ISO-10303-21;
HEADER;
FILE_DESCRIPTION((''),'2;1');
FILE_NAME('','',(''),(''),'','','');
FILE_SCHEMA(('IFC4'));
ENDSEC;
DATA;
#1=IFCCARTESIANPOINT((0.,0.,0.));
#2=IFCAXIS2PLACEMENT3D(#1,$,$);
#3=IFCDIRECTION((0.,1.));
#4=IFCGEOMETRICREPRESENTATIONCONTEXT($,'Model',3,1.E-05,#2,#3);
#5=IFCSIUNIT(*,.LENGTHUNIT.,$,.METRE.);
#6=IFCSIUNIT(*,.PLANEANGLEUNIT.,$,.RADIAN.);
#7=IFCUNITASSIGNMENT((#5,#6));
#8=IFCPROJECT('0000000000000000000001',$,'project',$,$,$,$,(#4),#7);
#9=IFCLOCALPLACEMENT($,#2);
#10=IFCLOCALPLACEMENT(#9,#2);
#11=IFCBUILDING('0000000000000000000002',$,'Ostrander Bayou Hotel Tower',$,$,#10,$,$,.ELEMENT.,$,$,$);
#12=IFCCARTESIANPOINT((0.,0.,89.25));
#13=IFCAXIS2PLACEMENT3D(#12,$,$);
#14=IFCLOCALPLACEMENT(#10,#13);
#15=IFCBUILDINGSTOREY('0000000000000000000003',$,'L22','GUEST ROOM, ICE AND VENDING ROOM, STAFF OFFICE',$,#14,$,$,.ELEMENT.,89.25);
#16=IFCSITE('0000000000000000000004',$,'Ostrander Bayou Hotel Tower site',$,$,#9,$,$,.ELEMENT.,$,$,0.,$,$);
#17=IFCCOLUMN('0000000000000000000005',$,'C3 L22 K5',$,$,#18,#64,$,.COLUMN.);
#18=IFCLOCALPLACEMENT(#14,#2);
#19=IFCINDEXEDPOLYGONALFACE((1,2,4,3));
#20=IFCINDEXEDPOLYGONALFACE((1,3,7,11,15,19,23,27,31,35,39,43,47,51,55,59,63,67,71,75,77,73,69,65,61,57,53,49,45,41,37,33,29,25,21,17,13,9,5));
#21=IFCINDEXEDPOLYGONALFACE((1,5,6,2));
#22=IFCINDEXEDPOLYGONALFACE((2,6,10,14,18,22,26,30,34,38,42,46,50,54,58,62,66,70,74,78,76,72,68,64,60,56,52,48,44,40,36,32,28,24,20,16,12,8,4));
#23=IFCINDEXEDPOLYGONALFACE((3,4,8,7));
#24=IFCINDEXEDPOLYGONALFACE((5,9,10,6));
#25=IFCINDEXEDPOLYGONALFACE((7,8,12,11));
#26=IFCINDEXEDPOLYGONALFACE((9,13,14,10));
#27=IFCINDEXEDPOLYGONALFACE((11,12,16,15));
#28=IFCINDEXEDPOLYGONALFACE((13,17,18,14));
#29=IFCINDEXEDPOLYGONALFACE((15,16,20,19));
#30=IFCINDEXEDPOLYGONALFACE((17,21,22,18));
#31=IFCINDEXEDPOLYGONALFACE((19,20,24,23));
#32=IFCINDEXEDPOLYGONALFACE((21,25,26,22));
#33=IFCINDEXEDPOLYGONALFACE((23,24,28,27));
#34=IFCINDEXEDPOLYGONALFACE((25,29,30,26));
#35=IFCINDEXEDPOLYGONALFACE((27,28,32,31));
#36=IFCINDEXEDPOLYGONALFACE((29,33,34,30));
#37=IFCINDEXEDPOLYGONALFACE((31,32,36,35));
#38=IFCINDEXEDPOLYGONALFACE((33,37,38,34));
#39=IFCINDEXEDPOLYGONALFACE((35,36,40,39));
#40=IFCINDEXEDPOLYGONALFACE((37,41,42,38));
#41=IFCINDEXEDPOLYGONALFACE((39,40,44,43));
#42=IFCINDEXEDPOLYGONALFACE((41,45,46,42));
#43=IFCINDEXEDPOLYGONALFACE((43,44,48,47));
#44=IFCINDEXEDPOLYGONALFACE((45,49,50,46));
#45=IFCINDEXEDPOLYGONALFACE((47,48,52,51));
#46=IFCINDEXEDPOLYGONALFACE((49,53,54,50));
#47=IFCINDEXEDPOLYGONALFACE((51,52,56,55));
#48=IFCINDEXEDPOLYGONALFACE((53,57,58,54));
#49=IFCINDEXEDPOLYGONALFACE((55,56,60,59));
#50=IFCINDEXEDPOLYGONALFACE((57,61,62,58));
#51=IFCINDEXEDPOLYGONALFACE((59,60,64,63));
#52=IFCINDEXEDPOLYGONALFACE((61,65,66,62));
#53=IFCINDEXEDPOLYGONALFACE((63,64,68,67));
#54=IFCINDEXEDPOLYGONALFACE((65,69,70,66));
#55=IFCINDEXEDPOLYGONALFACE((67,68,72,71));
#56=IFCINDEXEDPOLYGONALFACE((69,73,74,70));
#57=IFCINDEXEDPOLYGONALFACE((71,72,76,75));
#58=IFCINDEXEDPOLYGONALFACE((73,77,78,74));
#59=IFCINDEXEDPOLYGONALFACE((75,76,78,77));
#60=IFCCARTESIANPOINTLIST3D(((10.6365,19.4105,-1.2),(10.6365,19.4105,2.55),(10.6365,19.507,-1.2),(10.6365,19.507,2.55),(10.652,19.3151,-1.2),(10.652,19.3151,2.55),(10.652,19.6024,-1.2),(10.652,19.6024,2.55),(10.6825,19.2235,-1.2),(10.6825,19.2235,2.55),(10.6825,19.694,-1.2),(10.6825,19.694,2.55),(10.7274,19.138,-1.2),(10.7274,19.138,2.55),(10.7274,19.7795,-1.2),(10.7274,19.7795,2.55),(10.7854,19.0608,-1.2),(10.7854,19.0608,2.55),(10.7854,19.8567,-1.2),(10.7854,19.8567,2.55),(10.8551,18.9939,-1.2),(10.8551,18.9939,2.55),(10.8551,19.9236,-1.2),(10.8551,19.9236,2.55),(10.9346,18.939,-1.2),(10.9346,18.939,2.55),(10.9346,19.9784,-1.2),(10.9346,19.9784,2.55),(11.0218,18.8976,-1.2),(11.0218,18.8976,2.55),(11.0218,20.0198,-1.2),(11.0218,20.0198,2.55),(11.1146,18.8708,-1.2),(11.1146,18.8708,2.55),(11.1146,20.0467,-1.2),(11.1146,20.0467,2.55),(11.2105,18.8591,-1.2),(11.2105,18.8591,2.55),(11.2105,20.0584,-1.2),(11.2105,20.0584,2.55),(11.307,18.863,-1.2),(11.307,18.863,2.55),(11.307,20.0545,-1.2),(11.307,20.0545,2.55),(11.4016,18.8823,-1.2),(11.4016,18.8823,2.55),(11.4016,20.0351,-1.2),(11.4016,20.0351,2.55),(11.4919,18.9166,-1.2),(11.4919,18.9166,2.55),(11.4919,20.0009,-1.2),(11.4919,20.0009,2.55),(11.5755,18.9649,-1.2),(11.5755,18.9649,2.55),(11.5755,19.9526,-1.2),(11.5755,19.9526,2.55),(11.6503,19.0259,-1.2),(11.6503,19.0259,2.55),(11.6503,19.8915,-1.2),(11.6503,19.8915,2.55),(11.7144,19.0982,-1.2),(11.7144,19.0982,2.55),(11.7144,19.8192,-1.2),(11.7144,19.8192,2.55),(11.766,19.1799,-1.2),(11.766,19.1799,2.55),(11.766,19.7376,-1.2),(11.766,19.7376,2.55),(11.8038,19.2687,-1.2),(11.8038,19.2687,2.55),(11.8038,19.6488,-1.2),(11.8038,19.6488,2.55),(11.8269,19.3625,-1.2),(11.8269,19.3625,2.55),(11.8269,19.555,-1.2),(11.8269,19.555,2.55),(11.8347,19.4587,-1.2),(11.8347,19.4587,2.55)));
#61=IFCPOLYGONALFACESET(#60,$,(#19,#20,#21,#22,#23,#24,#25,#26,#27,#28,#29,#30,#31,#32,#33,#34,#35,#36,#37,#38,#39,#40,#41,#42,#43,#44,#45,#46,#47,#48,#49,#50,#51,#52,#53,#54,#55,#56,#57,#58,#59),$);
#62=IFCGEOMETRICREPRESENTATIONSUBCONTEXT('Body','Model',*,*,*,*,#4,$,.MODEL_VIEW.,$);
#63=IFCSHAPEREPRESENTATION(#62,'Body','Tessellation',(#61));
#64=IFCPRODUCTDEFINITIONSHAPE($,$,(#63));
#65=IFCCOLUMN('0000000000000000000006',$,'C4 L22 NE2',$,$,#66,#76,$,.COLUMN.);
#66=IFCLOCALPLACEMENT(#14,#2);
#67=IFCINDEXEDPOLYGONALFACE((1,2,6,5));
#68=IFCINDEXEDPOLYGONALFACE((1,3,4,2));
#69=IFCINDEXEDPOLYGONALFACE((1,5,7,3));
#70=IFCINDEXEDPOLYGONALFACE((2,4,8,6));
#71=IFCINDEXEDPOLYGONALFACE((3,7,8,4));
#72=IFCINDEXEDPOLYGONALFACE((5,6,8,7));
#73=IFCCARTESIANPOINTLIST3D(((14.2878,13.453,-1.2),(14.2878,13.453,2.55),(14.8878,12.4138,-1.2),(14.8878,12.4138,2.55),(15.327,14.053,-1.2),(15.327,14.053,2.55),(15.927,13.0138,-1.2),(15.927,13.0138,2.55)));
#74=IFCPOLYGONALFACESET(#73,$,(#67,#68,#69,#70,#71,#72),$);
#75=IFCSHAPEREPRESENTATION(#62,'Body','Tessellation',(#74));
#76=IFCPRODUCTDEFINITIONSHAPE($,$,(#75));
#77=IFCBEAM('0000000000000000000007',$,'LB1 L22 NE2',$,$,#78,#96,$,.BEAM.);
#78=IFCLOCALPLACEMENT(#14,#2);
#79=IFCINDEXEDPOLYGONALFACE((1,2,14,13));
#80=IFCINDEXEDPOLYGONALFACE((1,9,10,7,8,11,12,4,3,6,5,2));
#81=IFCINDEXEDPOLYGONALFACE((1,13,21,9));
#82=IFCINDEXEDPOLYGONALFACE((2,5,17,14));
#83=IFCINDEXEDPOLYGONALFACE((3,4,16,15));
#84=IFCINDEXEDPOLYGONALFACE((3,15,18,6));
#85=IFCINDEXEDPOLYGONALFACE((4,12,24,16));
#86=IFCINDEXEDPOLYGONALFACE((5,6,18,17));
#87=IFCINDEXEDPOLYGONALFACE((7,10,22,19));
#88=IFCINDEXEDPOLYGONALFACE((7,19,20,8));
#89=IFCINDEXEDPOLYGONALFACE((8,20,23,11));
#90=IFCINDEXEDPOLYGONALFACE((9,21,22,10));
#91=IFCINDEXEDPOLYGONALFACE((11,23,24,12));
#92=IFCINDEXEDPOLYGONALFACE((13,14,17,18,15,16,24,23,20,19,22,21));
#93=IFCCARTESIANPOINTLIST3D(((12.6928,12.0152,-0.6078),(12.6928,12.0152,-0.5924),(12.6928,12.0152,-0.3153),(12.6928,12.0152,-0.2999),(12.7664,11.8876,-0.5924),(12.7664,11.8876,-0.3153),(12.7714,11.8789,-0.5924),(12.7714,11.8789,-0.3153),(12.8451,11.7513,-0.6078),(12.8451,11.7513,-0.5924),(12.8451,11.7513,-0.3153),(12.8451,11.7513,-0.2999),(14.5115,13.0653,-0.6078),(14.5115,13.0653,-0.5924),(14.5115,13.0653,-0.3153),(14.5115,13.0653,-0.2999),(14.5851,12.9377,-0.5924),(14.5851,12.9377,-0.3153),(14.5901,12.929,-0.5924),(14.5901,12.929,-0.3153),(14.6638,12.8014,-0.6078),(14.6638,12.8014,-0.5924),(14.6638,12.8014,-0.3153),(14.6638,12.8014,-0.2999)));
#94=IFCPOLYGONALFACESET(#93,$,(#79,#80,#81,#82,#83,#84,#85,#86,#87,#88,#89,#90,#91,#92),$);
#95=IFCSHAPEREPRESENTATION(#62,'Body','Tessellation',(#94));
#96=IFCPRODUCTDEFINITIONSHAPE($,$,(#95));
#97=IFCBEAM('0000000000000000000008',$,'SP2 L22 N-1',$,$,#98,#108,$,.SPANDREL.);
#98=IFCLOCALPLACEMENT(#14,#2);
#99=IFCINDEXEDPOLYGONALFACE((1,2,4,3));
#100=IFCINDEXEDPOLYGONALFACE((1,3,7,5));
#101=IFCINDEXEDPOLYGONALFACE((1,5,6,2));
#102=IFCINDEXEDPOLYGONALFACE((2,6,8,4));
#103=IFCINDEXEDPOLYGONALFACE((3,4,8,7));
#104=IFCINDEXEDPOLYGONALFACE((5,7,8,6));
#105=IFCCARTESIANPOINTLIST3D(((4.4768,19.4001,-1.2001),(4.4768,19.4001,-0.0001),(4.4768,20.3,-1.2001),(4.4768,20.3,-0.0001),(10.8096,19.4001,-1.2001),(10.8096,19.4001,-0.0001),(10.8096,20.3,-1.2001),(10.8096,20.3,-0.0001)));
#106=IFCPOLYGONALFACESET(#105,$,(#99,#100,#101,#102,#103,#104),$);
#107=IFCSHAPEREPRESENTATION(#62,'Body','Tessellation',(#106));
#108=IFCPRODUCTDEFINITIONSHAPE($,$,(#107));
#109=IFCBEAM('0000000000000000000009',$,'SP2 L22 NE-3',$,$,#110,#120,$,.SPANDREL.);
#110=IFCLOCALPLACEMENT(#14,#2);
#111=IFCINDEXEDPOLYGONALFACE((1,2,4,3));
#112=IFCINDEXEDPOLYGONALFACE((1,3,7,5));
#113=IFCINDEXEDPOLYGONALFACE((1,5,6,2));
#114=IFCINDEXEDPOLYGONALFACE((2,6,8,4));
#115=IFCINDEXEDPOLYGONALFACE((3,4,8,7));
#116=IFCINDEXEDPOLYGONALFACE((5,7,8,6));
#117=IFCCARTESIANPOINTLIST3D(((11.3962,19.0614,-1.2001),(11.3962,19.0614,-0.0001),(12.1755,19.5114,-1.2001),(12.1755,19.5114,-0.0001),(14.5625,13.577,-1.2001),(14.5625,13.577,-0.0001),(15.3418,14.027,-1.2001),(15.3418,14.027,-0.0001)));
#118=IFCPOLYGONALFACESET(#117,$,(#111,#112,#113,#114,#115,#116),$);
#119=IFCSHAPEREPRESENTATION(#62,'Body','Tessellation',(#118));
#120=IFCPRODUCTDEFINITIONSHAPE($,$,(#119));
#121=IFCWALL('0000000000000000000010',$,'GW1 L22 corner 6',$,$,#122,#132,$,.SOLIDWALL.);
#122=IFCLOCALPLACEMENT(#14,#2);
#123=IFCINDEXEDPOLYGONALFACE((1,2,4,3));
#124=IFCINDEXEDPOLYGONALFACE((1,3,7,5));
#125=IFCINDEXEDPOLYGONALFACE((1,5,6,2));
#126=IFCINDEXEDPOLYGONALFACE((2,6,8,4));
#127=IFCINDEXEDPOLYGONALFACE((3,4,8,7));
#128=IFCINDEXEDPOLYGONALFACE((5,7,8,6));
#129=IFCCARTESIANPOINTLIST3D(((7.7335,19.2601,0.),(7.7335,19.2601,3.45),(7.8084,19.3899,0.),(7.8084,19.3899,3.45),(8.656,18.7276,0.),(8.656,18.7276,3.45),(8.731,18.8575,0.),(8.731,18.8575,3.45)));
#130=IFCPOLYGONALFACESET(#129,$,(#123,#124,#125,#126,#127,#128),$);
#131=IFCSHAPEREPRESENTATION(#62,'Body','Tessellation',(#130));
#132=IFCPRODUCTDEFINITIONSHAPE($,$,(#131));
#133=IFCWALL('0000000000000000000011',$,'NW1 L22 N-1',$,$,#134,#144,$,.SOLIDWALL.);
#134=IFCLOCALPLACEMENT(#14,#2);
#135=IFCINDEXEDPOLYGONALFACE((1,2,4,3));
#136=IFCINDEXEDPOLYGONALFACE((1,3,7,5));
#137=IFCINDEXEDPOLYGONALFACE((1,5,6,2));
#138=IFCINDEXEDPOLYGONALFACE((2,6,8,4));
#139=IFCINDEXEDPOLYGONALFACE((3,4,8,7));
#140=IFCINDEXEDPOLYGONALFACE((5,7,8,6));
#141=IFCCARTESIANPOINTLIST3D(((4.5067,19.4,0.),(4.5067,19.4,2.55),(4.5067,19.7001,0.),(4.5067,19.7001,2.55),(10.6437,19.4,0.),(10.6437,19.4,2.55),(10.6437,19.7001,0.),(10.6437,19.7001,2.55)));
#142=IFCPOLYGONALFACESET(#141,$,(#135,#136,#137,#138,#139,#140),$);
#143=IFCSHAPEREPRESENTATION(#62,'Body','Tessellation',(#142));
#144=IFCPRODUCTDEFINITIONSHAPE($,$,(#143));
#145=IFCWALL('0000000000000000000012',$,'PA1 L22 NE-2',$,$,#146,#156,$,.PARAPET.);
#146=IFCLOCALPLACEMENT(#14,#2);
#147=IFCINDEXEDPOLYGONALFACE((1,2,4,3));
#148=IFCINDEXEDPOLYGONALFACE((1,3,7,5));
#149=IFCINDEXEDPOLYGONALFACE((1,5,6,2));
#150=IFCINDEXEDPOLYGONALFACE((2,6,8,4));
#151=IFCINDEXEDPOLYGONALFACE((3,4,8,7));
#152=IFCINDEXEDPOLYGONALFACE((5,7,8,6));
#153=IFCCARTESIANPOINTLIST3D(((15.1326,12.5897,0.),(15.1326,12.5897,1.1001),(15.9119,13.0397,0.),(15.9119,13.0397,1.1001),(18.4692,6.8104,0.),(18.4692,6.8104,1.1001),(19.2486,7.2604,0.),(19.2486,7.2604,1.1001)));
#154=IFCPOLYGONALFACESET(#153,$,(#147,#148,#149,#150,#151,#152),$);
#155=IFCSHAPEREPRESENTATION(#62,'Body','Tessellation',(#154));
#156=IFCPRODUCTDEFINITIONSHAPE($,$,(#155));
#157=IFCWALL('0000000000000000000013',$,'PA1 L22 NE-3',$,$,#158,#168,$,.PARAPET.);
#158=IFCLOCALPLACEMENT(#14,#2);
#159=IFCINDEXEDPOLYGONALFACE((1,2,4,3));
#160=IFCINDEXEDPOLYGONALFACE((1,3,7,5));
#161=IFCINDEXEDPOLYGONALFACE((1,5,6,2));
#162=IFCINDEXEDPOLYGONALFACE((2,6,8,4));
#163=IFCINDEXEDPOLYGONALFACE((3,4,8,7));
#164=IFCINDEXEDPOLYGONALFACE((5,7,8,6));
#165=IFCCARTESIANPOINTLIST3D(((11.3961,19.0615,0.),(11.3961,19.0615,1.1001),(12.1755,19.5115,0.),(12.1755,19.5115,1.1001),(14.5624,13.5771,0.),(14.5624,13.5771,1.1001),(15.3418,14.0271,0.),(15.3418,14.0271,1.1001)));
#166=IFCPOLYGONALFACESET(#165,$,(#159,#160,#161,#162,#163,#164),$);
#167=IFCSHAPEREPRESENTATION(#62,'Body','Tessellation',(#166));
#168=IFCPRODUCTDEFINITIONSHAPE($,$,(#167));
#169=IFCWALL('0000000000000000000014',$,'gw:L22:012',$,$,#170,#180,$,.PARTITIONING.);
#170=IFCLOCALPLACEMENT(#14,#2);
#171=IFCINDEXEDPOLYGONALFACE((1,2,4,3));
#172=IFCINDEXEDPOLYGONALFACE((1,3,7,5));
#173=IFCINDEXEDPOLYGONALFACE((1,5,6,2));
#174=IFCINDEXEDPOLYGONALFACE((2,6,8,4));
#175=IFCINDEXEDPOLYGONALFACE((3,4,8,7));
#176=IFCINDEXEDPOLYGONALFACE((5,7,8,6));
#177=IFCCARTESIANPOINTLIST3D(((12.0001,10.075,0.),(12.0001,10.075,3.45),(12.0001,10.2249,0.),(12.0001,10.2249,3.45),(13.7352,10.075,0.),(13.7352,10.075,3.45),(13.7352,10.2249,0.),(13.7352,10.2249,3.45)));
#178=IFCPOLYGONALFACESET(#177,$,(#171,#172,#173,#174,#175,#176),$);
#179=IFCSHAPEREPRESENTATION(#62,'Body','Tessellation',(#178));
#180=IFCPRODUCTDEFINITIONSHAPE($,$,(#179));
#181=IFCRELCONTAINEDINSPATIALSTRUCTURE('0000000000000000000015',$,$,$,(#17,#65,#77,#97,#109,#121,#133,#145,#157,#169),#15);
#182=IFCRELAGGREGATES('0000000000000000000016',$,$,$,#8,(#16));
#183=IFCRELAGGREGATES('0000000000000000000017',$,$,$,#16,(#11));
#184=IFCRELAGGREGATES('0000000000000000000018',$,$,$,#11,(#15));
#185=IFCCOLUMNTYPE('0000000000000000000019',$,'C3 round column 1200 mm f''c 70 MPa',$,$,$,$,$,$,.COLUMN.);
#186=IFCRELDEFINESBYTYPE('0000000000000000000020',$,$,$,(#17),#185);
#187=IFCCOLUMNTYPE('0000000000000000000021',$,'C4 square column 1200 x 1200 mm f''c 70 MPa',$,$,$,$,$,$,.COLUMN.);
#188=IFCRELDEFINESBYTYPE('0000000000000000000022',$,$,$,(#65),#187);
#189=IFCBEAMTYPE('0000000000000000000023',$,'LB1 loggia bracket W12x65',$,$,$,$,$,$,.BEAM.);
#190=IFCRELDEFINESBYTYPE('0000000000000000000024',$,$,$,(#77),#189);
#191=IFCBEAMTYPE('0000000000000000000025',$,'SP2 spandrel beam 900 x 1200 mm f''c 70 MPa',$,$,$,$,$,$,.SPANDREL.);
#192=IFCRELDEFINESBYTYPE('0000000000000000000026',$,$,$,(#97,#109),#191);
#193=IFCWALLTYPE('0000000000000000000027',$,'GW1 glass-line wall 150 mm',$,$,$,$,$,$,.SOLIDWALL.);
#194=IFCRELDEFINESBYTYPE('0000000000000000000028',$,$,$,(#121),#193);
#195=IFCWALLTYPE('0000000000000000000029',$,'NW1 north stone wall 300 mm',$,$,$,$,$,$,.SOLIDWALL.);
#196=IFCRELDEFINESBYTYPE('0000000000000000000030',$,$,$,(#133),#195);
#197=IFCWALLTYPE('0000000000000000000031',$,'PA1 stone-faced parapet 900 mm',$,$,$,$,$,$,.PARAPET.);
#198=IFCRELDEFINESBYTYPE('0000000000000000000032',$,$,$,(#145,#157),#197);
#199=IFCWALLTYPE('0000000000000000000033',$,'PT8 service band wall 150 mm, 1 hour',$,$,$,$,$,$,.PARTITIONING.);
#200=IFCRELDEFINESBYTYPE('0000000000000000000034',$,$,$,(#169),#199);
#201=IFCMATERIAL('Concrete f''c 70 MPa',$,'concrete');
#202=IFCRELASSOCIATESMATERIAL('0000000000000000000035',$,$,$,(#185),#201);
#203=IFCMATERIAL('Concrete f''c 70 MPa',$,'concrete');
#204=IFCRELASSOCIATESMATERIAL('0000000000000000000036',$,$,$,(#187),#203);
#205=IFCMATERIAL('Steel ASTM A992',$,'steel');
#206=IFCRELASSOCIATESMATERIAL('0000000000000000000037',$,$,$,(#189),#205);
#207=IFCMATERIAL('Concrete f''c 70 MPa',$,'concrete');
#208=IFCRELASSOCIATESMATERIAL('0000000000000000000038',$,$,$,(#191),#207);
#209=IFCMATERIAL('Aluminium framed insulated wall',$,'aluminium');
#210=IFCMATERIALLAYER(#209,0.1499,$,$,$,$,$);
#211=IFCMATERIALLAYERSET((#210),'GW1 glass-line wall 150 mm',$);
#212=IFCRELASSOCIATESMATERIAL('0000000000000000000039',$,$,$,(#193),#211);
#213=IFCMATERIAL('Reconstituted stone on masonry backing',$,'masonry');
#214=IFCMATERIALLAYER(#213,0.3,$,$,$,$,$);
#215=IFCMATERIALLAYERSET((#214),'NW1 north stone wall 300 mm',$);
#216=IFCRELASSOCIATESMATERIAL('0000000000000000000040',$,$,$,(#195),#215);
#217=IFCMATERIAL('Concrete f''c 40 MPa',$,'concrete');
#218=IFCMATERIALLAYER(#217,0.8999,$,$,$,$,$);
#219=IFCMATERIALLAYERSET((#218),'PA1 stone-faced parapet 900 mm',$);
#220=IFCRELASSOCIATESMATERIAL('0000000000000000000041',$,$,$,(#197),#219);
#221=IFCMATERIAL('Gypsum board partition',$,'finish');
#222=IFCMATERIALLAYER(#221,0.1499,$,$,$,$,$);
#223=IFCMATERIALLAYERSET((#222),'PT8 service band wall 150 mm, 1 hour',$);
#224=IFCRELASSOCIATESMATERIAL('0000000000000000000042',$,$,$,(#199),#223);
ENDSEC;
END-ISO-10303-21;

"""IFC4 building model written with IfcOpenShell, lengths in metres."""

from ifc_helpers import new_model, si_unit, direction, frame, frame_2d, origin, origin_2d, place, context, subcontext, project, spatial, rectangle, circle, i_section, extrude, material, layer, layer_set, material_profile, profile_set, type_object, element, save


model = new_model("IFC4")

# Units and contexts
model_context = context("Model", 3, precision=1e-05, world=origin(), true_north=direction((0.0, 1.0)))
body_context = subcontext(model_context, "Body", "Model", "MODEL_VIEW")
ifc_project = project(units=[si_unit("LENGTHUNIT", "METRE"), si_unit("PLANEANGLEUNIT", "RADIAN")], contexts=[model_context])

# Site, building, storey
site_placement = place(None, origin())
site = spatial("IfcSite", under=ifc_project, at=site_placement, Name="Ostrander Bayou Hotel Tower site", CompositionType="ELEMENT", RefElevation=0.0)
building_placement = place(site_placement, origin())
building = spatial("IfcBuilding", under=site, at=building_placement, Name="Ostrander Bayou Hotel Tower", CompositionType="ELEMENT")
storey_placement = place(building_placement, frame((0.0, 0.0, 89.25)))
storey = spatial("IfcBuildingStorey", under=building, at=storey_placement, Name="L22", Description="GUEST ROOM, ICE AND VENDING ROOM, STAFF OFFICE", CompositionType="ELEMENT", Elevation=89.25)

# Columns
ifc_material_1 = material(Name="Concrete f'c 70 MPa", Category="concrete")
ifc_material_profile_1 = material_profile(ifc_material_1, circle(Radius=0.6001, at=origin_2d()))
ifc_profile_set_1 = profile_set([ifc_material_profile_1], Name="Concrete f'c 70 MPa")
column_type_1 = type_object("IfcColumnType", Name="C3 round column 1200 mm f'c 70 MPa", PredefinedType="COLUMN", material=ifc_profile_set_1)
column_1_placement = place(storey_placement, frame((11.2346, 19.4587, -1.2), z_axis=(0.0, 0.0, 1.0), x_axis=(1.0, 0.0, 0.0)))
element("IfcColumn", 1, at=column_1_placement, inside=storey, type_object=column_type_1, Name="C3 L22 K5", PredefinedType="COLUMN", context=body_context, shape_type="SweptSolid", body=[
    extrude(circle(Radius=0.6001, at=origin_2d()), origin(), (0.0, 0.0, 1.0), 3.75),
])
ifc_material_2 = material(Name="Concrete f'c 70 MPa", Category="concrete")
ifc_material_profile_2 = material_profile(ifc_material_2, rectangle(XDim=1.2, YDim=1.2, at=origin_2d()))
ifc_profile_set_2 = profile_set([ifc_material_profile_2], Name="Concrete f'c 70 MPa")
column_type_2 = type_object("IfcColumnType", Name="C4 square column 1200 x 1200 mm f'c 70 MPa", PredefinedType="COLUMN", material=ifc_profile_set_2)
column_2_placement = place(storey_placement, frame((15.1074, 13.2334, -1.2), z_axis=(0.0, 0.0, 1.0), x_axis=(0.5, -0.866025, 0.0)))
element("IfcColumn", 2, at=column_2_placement, inside=storey, type_object=column_type_2, Name="C4 L22 NE2", PredefinedType="COLUMN", context=body_context, shape_type="SweptSolid", body=[
    extrude(rectangle(XDim=1.2, YDim=1.2, at=origin_2d()), origin(), (0.0, 0.0, 1.0), 3.75),
])

# Beams
ifc_material_3 = material(Name="Steel ASTM A992", Category="steel")
ifc_material_profile_3 = material_profile(ifc_material_3, i_section(OverallWidth=0.3047, OverallDepth=0.3079, WebThickness=0.01, FlangeThickness=0.0154, at=origin_2d()))
ifc_profile_set_3 = profile_set([ifc_material_profile_3], Name="Steel ASTM A992")
beam_type_1 = type_object("IfcBeamType", Name="LB1 loggia bracket W12x65", PredefinedType="BEAM", material=ifc_profile_set_3)
beam_placement = place(storey_placement, frame((14.5876, 12.9333, -0.4539), z_axis=(-0.866009, -0.500028, 0.0), x_axis=(0.500028, -0.866009, 0.0)))
element("IfcBeam", 3, at=beam_placement, inside=storey, type_object=beam_type_1, Name="LB1 L22 NE2", PredefinedType="BEAM", context=body_context, shape_type="SweptSolid", body=[
    extrude(i_section(OverallWidth=0.3047, OverallDepth=0.3079, WebThickness=0.01, FlangeThickness=0.0154, at=origin_2d()), origin(), (0.0, 0.0, 1.0), 2.1001),
])
ifc_material_4 = material(Name="Concrete f'c 70 MPa", Category="concrete")
ifc_material_profile_4 = material_profile(ifc_material_4, rectangle(XDim=0.8999, YDim=1.2, at=origin_2d()))
ifc_profile_set_4 = profile_set([ifc_material_profile_4], Name="Concrete f'c 70 MPa")
beam_type_2 = type_object("IfcBeamType", Name="SP2 spandrel beam 900 x 1200 mm f'c 70 MPa", PredefinedType="SPANDREL", material=ifc_profile_set_4)
for number, where, z_axis, x_axis, name in (
    (4, (10.8096, 19.8501, -0.6001), (-1.0, 0.0, 0.0), (0.0, -1.0, 0.0), "SP2 L22 N-1"),
    (5, (14.9521, 13.802, -0.6001), (-0.499983, 0.866035, 0.0), (-0.866035, -0.499983, 0.0), "SP2 L22 NE-3"),
):
    element("IfcBeam", number, at=place(storey_placement, frame(where, z_axis=z_axis, x_axis=x_axis)), inside=storey, type_object=beam_type_2, Name=name, PredefinedType="SPANDREL", context=body_context, shape_type="SweptSolid", body=[
        extrude(rectangle(XDim=0.8999, YDim=1.2, at=origin_2d()), origin(), (0.0, 0.0, 1.0), 6.3328),
    ])

# Walls
ifc_material_5 = material(Name="Aluminium framed insulated wall", Category="aluminium")
ifc_layer_1 = layer(ifc_material_5, 0.1499)
ifc_layer_set_1 = layer_set([ifc_layer_1], Name="GW1 glass-line wall 150 mm")
wall_type_1 = type_object("IfcWallType", Name="GW1 glass-line wall 150 mm", PredefinedType="SOLIDWALL", material=ifc_layer_set_1)
wall_1_placement = place(storey_placement, frame((8.6936, 18.7925, 0.0), z_axis=(0.0, 0.0, 1.0), x_axis=(-0.866105, 0.499861, 0.0)))
element("IfcWall", 6, at=wall_1_placement, inside=storey, type_object=wall_type_1, Name="GW1 L22 corner 6", PredefinedType="SOLIDWALL", context=body_context, shape_type="SweptSolid", body=[
    extrude(rectangle(XDim=1.0652, YDim=0.1499, at=frame_2d((0.5327, 0.0))), origin(), (0.0, 0.0, 1.0), 3.45),
])
ifc_material_6 = material(Name="Reconstituted stone on masonry backing", Category="masonry")
ifc_layer_2 = layer(ifc_material_6, 0.3)
ifc_layer_set_2 = layer_set([ifc_layer_2], Name="NW1 north stone wall 300 mm")
wall_type_2 = type_object("IfcWallType", Name="NW1 north stone wall 300 mm", PredefinedType="SOLIDWALL", material=ifc_layer_set_2)
wall_2_placement = place(storey_placement, frame((10.6436, 19.55, 0.0), z_axis=(0.0, 0.0, 1.0), x_axis=(-1.0, 0.0, 0.0)))
element("IfcWall", 7, at=wall_2_placement, inside=storey, type_object=wall_type_2, Name="NW1 L22 N-1", PredefinedType="SOLIDWALL", context=body_context, shape_type="SweptSolid", body=[
    extrude(rectangle(XDim=6.137, YDim=0.3, at=frame_2d((3.0684, 0.0))), origin(), (0.0, 0.0, 1.0), 2.55),
])
ifc_material_7 = material(Name="Concrete f'c 40 MPa", Category="concrete")
ifc_layer_3 = layer(ifc_material_7, 0.8999)
ifc_layer_set_3 = layer_set([ifc_layer_3], Name="PA1 stone-faced parapet 900 mm")
wall_type_3 = type_object("IfcWallType", Name="PA1 stone-faced parapet 900 mm", PredefinedType="PARAPET", material=ifc_layer_set_3)
wall_3_placement = place(storey_placement, frame((18.8589, 7.0354, 0.0), z_axis=(0.0, 0.0, 1.0), x_axis=(-0.499999, 0.866026, 0.0)))
element("IfcWall", 8, at=wall_3_placement, inside=storey, type_object=wall_type_3, Name="PA1 L22 NE-2", PredefinedType="PARAPET", context=body_context, shape_type="SweptSolid", body=[
    extrude(rectangle(XDim=6.6733, YDim=0.8999, at=frame_2d((3.3367, 0.0))), origin(), (0.0, 0.0, 1.0), 1.1001),
])
wall_4_placement = place(storey_placement, frame((14.9521, 13.802, 0.0), z_axis=(0.0, 0.0, 1.0), x_axis=(-0.499983, 0.866035, 0.0)))
element("IfcWall", 9, at=wall_4_placement, inside=storey, type_object=wall_type_3, Name="PA1 L22 NE-3", PredefinedType="PARAPET", context=body_context, shape_type="SweptSolid", body=[
    extrude(rectangle(XDim=6.3328, YDim=0.8999, at=frame_2d((3.1665, 0.0))), origin(), (0.0, 0.0, 1.0), 1.1001),
])

# Wall
ifc_material_8 = material(Name="Gypsum board partition", Category="finish")
ifc_layer_4 = layer(ifc_material_8, 0.1499)
ifc_layer_set_4 = layer_set([ifc_layer_4], Name="PT8 service band wall 150 mm, 1 hour")
wall_type_4 = type_object("IfcWallType", Name="PT8 service band wall 150 mm, 1 hour", PredefinedType="PARTITIONING", material=ifc_layer_set_4)
wall_5_placement = place(storey_placement, frame((12.0, 10.1499, 0.0), z_axis=(0.0, 0.0, 1.0), x_axis=(1.0, 0.0, 0.0)))
element("IfcWall", 10, at=wall_5_placement, inside=storey, type_object=wall_type_4, Name="gw:L22:012", PredefinedType="PARTITIONING", context=body_context, shape_type="SweptSolid", body=[
    extrude(rectangle(XDim=1.7351, YDim=0.1499, at=frame_2d((0.8677, 0.0))), origin(), (0.0, 0.0, 1.0), 3.45),
])

save(model, "model.ifc")
